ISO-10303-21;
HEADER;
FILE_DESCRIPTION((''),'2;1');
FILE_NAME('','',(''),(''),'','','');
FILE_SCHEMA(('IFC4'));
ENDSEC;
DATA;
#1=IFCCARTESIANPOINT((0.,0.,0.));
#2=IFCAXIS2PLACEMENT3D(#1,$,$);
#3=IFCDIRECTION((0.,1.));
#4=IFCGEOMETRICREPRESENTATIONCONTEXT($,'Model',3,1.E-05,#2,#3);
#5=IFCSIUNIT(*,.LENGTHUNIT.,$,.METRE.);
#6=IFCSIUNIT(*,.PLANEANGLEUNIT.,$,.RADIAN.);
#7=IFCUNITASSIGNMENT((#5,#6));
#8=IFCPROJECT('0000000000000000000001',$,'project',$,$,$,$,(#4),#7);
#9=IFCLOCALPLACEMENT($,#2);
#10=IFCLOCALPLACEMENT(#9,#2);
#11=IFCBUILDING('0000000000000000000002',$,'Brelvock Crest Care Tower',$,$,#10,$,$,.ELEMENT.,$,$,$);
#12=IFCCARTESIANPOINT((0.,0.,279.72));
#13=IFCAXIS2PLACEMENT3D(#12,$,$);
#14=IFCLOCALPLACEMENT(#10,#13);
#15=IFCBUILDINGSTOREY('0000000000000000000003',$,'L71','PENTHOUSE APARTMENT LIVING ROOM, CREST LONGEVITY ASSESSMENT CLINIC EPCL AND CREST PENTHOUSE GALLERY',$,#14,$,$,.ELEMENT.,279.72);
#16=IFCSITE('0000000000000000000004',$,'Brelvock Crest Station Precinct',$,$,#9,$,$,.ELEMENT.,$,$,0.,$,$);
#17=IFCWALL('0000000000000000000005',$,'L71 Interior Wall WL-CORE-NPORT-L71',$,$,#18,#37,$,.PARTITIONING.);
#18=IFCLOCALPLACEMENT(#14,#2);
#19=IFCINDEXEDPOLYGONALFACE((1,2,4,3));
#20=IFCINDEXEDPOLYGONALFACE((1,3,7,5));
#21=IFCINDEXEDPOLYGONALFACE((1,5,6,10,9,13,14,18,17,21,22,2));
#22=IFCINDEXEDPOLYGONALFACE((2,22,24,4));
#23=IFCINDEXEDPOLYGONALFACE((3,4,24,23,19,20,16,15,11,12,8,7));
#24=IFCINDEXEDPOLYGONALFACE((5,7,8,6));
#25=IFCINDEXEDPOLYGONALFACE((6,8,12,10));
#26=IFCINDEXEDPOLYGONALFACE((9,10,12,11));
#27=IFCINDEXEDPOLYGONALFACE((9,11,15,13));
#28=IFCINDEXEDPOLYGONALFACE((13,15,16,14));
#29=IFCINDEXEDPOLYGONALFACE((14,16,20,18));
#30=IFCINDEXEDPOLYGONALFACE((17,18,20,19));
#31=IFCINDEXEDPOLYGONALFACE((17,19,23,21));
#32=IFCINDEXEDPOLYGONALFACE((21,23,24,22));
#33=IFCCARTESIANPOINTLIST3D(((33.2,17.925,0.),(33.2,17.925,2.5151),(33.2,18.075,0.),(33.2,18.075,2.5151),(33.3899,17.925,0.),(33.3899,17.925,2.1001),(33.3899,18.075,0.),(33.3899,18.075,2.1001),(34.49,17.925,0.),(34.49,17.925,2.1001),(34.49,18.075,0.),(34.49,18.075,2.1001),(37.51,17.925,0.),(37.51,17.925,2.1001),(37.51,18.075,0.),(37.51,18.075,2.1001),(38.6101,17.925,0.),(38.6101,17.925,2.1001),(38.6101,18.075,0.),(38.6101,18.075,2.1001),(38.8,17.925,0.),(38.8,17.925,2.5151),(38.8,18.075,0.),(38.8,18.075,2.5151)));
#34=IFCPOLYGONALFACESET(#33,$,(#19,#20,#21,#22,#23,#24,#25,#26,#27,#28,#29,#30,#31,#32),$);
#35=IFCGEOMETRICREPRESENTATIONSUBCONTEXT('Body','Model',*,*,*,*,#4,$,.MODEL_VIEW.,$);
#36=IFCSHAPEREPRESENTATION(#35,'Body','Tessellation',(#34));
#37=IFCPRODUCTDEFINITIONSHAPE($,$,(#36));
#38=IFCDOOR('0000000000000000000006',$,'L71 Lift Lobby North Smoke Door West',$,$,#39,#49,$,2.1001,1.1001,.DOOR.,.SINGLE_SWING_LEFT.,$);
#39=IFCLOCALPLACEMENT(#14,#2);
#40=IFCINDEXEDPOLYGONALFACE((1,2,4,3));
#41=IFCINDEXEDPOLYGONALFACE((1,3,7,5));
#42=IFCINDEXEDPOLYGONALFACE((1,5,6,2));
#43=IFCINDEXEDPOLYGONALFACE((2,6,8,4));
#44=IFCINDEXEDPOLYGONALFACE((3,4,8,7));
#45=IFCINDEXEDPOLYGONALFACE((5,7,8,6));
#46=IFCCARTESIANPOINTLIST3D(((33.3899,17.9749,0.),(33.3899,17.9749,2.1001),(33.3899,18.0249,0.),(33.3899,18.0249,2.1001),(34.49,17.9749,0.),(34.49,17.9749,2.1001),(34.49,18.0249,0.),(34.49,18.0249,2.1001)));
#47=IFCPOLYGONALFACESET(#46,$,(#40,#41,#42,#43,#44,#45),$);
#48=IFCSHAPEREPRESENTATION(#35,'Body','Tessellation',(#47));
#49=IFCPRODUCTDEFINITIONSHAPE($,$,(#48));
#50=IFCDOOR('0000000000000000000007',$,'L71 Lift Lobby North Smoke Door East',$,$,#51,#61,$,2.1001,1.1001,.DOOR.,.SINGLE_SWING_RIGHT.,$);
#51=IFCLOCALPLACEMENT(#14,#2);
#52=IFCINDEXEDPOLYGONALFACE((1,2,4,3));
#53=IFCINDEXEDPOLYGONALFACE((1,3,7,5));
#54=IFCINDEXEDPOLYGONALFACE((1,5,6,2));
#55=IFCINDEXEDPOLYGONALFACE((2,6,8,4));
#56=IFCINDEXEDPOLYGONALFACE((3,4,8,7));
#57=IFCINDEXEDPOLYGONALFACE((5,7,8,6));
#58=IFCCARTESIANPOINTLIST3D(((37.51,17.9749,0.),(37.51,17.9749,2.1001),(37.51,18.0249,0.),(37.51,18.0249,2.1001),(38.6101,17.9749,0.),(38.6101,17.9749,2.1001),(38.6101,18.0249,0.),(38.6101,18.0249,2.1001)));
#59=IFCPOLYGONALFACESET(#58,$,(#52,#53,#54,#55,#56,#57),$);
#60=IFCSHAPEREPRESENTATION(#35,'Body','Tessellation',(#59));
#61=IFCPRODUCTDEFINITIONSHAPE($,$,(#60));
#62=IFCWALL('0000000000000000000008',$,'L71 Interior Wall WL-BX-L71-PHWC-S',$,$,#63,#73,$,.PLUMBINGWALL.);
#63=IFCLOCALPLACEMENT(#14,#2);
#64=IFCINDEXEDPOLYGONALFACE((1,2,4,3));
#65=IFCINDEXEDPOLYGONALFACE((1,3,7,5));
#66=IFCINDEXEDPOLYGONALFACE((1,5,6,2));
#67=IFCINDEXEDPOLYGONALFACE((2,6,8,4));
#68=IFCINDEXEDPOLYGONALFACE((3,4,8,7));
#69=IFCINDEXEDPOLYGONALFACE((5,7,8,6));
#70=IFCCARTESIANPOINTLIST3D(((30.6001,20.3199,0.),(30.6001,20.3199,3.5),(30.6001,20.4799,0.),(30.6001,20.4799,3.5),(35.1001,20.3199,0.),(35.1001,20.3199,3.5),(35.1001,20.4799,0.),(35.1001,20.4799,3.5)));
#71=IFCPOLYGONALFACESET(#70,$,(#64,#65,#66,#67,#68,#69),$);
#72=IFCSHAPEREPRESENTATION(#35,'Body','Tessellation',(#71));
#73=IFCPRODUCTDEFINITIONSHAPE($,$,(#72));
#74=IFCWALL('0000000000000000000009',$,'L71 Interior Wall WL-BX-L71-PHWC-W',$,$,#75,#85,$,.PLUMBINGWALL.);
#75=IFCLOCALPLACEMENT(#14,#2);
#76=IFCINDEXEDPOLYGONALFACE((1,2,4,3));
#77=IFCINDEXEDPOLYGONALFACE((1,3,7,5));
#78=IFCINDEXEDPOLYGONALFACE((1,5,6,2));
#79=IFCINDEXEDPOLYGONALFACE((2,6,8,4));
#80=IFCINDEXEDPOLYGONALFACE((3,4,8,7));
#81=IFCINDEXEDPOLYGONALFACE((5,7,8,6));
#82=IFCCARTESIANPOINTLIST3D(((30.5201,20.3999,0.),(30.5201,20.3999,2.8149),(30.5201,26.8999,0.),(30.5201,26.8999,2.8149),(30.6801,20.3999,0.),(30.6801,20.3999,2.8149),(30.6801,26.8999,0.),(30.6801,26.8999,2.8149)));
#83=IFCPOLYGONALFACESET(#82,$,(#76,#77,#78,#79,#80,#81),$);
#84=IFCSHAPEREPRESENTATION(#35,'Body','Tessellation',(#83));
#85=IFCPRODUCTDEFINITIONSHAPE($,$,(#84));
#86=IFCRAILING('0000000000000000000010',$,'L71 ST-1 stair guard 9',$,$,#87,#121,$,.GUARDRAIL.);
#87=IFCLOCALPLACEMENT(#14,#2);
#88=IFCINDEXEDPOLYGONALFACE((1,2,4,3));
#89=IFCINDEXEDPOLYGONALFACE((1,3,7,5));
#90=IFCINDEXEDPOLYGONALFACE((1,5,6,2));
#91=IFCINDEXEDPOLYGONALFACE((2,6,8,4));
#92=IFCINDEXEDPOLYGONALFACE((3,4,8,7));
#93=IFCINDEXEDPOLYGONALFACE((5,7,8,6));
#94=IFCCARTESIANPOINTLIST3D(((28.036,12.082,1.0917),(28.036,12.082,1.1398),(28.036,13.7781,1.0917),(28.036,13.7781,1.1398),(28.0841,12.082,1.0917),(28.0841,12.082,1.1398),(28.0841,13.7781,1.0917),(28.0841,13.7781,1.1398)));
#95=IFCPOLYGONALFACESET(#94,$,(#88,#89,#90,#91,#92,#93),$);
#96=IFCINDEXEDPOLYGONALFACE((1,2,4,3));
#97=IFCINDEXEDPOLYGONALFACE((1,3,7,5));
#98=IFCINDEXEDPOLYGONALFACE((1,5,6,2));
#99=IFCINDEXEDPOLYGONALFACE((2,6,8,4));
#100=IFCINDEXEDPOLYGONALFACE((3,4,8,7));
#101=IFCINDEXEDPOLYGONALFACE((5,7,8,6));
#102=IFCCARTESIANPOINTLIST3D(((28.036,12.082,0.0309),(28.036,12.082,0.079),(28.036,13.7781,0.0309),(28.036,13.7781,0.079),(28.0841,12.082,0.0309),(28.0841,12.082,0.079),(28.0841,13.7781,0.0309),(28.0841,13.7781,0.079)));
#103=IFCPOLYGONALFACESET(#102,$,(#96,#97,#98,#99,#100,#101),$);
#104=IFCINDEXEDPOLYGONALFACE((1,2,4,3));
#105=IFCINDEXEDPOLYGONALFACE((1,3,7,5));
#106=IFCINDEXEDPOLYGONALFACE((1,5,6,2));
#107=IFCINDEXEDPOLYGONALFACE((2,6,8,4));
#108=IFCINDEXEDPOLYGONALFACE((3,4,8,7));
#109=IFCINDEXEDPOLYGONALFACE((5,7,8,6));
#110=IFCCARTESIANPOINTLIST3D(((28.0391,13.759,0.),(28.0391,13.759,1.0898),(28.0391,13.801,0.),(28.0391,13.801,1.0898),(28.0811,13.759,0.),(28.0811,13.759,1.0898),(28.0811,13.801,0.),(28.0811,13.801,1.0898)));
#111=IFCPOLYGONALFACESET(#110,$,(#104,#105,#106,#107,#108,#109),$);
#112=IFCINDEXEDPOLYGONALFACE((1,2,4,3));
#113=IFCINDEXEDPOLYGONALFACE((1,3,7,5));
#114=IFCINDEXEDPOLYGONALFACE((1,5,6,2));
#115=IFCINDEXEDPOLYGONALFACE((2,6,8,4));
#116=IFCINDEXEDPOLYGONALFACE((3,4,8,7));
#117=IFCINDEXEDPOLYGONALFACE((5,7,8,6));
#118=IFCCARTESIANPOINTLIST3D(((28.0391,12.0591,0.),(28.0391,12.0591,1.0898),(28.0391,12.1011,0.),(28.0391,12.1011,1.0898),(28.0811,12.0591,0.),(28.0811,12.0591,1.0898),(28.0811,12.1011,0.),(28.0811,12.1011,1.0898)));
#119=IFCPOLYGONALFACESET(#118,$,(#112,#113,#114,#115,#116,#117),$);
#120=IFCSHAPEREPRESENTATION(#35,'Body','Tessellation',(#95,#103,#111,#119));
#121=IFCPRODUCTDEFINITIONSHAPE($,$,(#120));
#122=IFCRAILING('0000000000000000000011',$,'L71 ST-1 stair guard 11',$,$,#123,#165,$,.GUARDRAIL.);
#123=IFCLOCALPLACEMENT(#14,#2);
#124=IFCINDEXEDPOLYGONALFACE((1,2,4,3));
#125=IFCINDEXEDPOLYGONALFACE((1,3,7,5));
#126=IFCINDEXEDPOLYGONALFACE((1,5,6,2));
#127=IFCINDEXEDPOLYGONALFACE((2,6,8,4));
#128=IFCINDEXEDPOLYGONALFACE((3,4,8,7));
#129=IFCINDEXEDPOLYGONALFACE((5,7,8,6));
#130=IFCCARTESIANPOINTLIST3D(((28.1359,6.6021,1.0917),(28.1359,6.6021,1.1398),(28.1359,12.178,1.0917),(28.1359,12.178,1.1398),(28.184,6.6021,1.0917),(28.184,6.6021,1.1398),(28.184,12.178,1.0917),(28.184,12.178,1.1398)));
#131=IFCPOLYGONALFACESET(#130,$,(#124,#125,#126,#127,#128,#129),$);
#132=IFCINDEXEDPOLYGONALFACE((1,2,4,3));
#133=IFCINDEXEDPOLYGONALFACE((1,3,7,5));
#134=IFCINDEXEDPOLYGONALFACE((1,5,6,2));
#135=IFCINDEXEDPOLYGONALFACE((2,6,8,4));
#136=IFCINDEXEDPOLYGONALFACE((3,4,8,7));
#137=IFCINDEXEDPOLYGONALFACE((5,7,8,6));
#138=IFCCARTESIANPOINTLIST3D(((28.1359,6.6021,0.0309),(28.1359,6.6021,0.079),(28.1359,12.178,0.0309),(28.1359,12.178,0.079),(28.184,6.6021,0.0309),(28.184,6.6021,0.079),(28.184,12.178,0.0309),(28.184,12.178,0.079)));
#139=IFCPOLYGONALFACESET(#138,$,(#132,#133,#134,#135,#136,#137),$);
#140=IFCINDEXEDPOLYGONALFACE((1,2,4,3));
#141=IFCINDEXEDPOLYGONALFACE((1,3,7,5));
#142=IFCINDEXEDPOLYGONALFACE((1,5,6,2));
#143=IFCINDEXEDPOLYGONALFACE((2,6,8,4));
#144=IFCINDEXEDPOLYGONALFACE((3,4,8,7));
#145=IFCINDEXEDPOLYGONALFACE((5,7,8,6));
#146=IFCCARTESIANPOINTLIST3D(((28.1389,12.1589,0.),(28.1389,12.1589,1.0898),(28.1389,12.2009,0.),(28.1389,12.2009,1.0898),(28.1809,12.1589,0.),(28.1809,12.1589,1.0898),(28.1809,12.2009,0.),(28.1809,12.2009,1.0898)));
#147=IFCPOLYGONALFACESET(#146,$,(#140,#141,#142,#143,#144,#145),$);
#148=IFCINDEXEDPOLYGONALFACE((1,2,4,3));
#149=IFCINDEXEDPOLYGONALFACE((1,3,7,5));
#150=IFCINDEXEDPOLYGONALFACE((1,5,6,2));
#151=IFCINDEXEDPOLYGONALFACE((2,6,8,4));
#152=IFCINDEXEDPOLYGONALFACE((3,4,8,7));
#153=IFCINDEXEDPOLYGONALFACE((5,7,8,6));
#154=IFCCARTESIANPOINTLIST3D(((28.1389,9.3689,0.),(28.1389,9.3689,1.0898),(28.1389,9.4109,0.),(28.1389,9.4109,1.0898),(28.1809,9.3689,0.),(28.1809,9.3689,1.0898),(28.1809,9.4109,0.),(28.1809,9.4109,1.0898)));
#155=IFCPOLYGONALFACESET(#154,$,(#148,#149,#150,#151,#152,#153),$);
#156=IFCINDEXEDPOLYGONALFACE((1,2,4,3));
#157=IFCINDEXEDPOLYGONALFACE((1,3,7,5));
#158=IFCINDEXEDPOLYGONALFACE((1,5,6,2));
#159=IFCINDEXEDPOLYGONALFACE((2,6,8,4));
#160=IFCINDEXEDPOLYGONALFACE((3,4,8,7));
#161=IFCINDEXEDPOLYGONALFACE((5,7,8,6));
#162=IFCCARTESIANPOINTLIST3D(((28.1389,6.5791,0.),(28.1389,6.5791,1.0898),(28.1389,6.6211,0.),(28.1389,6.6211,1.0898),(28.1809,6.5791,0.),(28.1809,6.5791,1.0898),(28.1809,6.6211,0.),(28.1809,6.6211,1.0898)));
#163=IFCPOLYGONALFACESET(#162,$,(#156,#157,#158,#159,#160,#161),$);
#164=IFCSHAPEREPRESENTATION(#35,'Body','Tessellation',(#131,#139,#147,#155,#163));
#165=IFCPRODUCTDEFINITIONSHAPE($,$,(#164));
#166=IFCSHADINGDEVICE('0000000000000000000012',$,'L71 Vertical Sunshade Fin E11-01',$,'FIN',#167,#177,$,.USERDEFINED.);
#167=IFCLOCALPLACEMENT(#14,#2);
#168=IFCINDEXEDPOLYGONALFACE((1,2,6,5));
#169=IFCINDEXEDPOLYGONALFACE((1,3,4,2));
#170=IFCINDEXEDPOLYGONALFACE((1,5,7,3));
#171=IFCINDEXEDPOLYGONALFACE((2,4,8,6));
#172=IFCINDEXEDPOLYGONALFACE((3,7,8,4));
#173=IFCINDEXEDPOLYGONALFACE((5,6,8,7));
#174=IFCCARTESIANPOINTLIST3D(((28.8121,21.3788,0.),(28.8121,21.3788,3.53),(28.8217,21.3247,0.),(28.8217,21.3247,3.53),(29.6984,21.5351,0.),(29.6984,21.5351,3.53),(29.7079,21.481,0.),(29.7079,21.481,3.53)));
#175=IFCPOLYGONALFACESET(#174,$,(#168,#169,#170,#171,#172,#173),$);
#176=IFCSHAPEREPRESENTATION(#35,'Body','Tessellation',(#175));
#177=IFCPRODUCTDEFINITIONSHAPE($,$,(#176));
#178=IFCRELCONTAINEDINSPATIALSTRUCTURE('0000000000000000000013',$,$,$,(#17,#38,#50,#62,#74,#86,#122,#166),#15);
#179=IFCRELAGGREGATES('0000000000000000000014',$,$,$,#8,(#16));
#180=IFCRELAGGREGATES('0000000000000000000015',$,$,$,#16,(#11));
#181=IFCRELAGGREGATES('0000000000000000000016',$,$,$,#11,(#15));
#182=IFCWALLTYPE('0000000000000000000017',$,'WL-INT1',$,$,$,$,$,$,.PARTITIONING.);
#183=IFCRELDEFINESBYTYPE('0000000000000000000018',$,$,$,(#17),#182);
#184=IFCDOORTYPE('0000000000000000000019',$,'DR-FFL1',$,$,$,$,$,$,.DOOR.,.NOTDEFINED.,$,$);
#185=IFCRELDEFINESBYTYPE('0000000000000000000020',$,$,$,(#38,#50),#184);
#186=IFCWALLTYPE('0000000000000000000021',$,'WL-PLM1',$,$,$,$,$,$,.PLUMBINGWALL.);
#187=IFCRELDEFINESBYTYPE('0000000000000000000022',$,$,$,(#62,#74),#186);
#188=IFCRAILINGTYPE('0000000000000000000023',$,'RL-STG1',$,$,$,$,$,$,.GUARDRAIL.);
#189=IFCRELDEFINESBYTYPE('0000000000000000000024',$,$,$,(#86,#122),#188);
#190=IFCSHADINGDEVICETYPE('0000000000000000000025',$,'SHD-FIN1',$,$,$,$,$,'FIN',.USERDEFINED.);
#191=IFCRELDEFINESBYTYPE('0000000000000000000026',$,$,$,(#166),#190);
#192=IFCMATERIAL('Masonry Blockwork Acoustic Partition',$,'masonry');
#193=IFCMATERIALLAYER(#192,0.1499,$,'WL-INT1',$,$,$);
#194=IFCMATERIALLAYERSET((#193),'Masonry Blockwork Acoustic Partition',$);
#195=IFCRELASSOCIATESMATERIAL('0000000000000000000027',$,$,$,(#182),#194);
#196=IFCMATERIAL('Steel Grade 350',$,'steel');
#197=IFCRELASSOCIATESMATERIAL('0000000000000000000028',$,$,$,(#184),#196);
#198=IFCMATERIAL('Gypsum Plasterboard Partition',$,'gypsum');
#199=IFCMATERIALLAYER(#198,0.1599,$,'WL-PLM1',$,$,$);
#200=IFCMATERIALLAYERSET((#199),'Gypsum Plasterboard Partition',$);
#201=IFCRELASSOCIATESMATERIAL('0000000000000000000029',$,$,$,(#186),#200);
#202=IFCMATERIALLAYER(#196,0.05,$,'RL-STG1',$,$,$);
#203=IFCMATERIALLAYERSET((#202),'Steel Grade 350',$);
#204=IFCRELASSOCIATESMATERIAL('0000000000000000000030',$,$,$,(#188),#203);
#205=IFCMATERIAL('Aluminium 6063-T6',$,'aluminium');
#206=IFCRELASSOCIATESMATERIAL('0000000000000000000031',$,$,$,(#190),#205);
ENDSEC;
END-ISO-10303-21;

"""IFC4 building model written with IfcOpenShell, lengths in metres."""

from ifc_helpers import new_model, si_unit, direction, frame, frame_2d, origin, origin_2d, place, context, subcontext, project, spatial, rectangle, extrude, source, transform, mapped, material, layer, layer_set, material_profile, profile_set, type_object, element, fill, save


model = new_model("IFC4")

# Units and contexts
model_context = context("Model", 3, precision=1e-05, world=origin(), true_north=direction((0.0, 1.0)))
body_context = subcontext(model_context, "Body", "Model", "MODEL_VIEW")
ifc_project = project(units=[si_unit("LENGTHUNIT", "METRE"), si_unit("PLANEANGLEUNIT", "RADIAN")], contexts=[model_context])

# Site, building, storey
site_placement = place(None, origin())
site = spatial("IfcSite", under=ifc_project, at=site_placement, Name="Brelvock Crest Station Precinct", CompositionType="ELEMENT", RefElevation=0.0)
building_placement = place(site_placement, origin())
building = spatial("IfcBuilding", under=site, at=building_placement, Name="Brelvock Crest Care Tower", CompositionType="ELEMENT")
storey_placement = place(building_placement, frame((0.0, 0.0, 279.72)))
storey = spatial("IfcBuildingStorey", under=building, at=storey_placement, Name="L71", Description="PENTHOUSE APARTMENT LIVING ROOM, CREST LONGEVITY ASSESSMENT CLINIC EPCL AND CREST PENTHOUSE GALLERY", CompositionType="ELEMENT", Elevation=279.72)

# Shared definitions
ifc_material_1 = material(Name="Steel Grade 350", Category="steel")

# Shared definitions
ifc_material_2 = material(Name="Aluminium 6063-T6", Category="aluminium")

# Shared definitions
ifc_material_3 = material(Name="Masonry Blockwork Acoustic Partition", Category="masonry")
ifc_layer_1 = layer(ifc_material_3, 0.1499, Name="WL-INT1")
ifc_layer_set_1 = layer_set([ifc_layer_1], Name="Masonry Blockwork Acoustic Partition")
wall_type_1 = type_object("IfcWallType", Name="WL-INT1", PredefinedType="PARTITIONING", material=ifc_layer_set_1)

# Wall, openings, doors
wall_1_placement = place(storey_placement, frame((33.2, 18.0, 0.0), z_axis=(0.0, 0.0, 1.0), x_axis=(1.0, 0.0, 0.0)))
wall_1 = element("IfcWall", 1, at=wall_1_placement, inside=storey, type_object=wall_type_1, Name="L71 Interior Wall WL-CORE-NPORT-L71", PredefinedType="PARTITIONING", context=body_context, shape_type="SweptSolid", body=[
    extrude(rectangle(XDim=5.6001, YDim=0.1499, at=frame_2d((2.8, 0.0))), origin(), (0.0, 0.0, 1.0), 2.5151),
])
opening_1_placement = place(wall_1_placement, frame((0.1899, 0.0, 0.0)))
opening_1 = element("IfcOpeningElement", 2, at=opening_1_placement, cuts=wall_1, PredefinedType="OPENING", context=body_context, shape_type="SweptSolid", body=[
    extrude(rectangle(XDim=1.1001, YDim=2.1001, at=origin_2d()), frame((0.55, 0.085, 1.05), z_axis=(0.0, -1.0, 0.0), x_axis=(1.0, 0.0, 0.0)), (0.0, 0.0, 1.0), 0.1699),
])
opening_2_placement = place(wall_1_placement, frame((4.3101, 0.0, 0.0)))
opening_2 = element("IfcOpeningElement", 3, at=opening_2_placement, cuts=wall_1, PredefinedType="OPENING", context=body_context, shape_type="SweptSolid", body=[
    extrude(rectangle(XDim=1.1001, YDim=2.1001, at=origin_2d()), frame((0.55, 0.085, 1.05), z_axis=(0.0, -1.0, 0.0), x_axis=(1.0, 0.0, 0.0)), (0.0, 0.0, 1.0), 0.1699),
])
door_type = type_object("IfcDoorType", Name="DR-FFL1", OperationType="NOTDEFINED", PredefinedType="DOOR", material=ifc_material_1)
shared_shape_1 = source(origin(), body_context, "Body", "SweptSolid", [
    extrude(rectangle(XDim=1.1001, YDim=2.1001, at=origin_2d()), frame((0.55, 0.0249, 1.05), z_axis=(0.0, -1.0, 0.0), x_axis=(1.0, 0.0, 0.0)), (0.0, 0.0, 1.0), 0.05),
])
door_1_placement = place(opening_1_placement, origin())
door_1 = element("IfcDoor", 4, at=door_1_placement, inside=storey, type_object=door_type, Name="L71 Lift Lobby North Smoke Door West", OperationType="SINGLE_SWING_LEFT", OverallHeight=2.1001, OverallWidth=1.1001, PredefinedType="DOOR", context=body_context, shape_type="MappedRepresentation", body=[
    mapped(shared_shape_1, transform((0.0, 0.0, 0.0), x_axis=(1.0, 0.0, 0.0), y_axis=(0.0, 1.0, 0.0), z_axis=(0.0, 0.0, 1.0), scale=1.0)),
])
fill(opening_1, door_1)
door_2_placement = place(opening_2_placement, origin())
door_2 = element("IfcDoor", 5, at=door_2_placement, inside=storey, type_object=door_type, Name="L71 Lift Lobby North Smoke Door East", OperationType="SINGLE_SWING_RIGHT", OverallHeight=2.1001, OverallWidth=1.1001, PredefinedType="DOOR", context=body_context, shape_type="MappedRepresentation", body=[
    mapped(shared_shape_1, transform((0.0, 0.0, 0.0), x_axis=(1.0, 0.0, 0.0), y_axis=(0.0, 1.0, 0.0), z_axis=(0.0, 0.0, 1.0), scale=1.0)),
])
fill(opening_2, door_2)

# Walls
ifc_material_4 = material(Name="Gypsum Plasterboard Partition", Category="gypsum")
ifc_layer_2 = layer(ifc_material_4, 0.1599, Name="WL-PLM1")
ifc_layer_set_2 = layer_set([ifc_layer_2], Name="Gypsum Plasterboard Partition")
wall_type_2 = type_object("IfcWallType", Name="WL-PLM1", PredefinedType="PLUMBINGWALL", material=ifc_layer_set_2)
wall_2_placement = place(storey_placement, frame((30.6001, 20.3999, 0.0), z_axis=(0.0, 0.0, 1.0), x_axis=(1.0, 0.0, 0.0)))
element("IfcWall", 6, at=wall_2_placement, inside=storey, type_object=wall_type_2, Name="L71 Interior Wall WL-BX-L71-PHWC-S", PredefinedType="PLUMBINGWALL", context=body_context, shape_type="SweptSolid", body=[
    extrude(rectangle(XDim=4.5, YDim=0.1599, at=frame_2d((2.25, 0.0))), origin(), (0.0, 0.0, 1.0), 3.5),
])
wall_3_placement = place(storey_placement, frame((30.6001, 20.3999, 0.0), z_axis=(0.0, 0.0, 1.0), x_axis=(0.0, 1.0, 0.0)))
element("IfcWall", 7, at=wall_3_placement, inside=storey, type_object=wall_type_2, Name="L71 Interior Wall WL-BX-L71-PHWC-W", PredefinedType="PLUMBINGWALL", context=body_context, shape_type="SweptSolid", body=[
    extrude(rectangle(XDim=6.5, YDim=0.1599, at=frame_2d((3.25, 0.0))), origin(), (0.0, 0.0, 1.0), 2.8149),
])

# Railings
ifc_layer_3 = layer(ifc_material_1, 0.05, Name="RL-STG1")
ifc_layer_set_3 = layer_set([ifc_layer_3], Name="Steel Grade 350")
railing_type = type_object("IfcRailingType", Name="RL-STG1", PredefinedType="GUARDRAIL", material=ifc_layer_set_3)
railing_1_placement = place(storey_placement, frame((28.0601, 13.78, 0.0)))
element("IfcRailing", 8, at=railing_1_placement, inside=storey, type_object=railing_type, Name="L71 ST-1 stair guard 9", PredefinedType="GUARDRAIL", context=body_context, shape_type="SweptSolid", body=[
    extrude(rectangle(XDim=0.0481, YDim=0.0481, at=origin_2d()), frame((0.0, -0.002, 1.1157), z_axis=(0.0, -1.0, 0.0), x_axis=(1.0, 0.0, 0.0)), (0.0, 0.0, 1.0), 1.696),
    extrude(rectangle(XDim=0.0481, YDim=0.0481, at=origin_2d()), frame((0.0, -0.002, 0.0549), z_axis=(0.0, -1.0, 0.0), x_axis=(1.0, 0.0, 0.0)), (0.0, 0.0, 1.0), 1.696),
    extrude(rectangle(XDim=0.042, YDim=0.042, at=origin_2d()), origin(), (0.0, 0.0, 1.0), 1.0898),
    extrude(rectangle(XDim=0.042, YDim=0.042, at=origin_2d()), frame((0.0, -1.7, 0.0)), (0.0, 0.0, 1.0), 1.0898),
])
railing_2_placement = place(storey_placement, frame((28.1599, 12.1799, 0.0)))
element("IfcRailing", 9, at=railing_2_placement, inside=storey, type_object=railing_type, Name="L71 ST-1 stair guard 11", PredefinedType="GUARDRAIL", context=body_context, shape_type="SweptSolid", body=[
    extrude(rectangle(XDim=0.0481, YDim=0.0481, at=origin_2d()), frame((0.0, -0.002, 1.1157), z_axis=(0.0, -1.0, 0.0), x_axis=(1.0, 0.0, 0.0)), (0.0, 0.0, 1.0), 5.5759),
    extrude(rectangle(XDim=0.0481, YDim=0.0481, at=origin_2d()), frame((0.0, -0.002, 0.0549), z_axis=(0.0, -1.0, 0.0), x_axis=(1.0, 0.0, 0.0)), (0.0, 0.0, 1.0), 5.5759),
    extrude(rectangle(XDim=0.042, YDim=0.042, at=origin_2d()), origin(), (0.0, 0.0, 1.0), 1.0898),
    extrude(rectangle(XDim=0.042, YDim=0.042, at=origin_2d()), frame((0.0, -2.79, 0.0)), (0.0, 0.0, 1.0), 1.0898),
    extrude(rectangle(XDim=0.042, YDim=0.042, at=origin_2d()), frame((0.0, -5.5798, 0.0)), (0.0, 0.0, 1.0), 1.0898),
])

# Shading device
ifc_material_profile_1 = material_profile(ifc_material_2, rectangle(XDim=0.0549, YDim=0.8999, at=origin_2d()), Name="FIN55x900")
ifc_profile_set_1 = profile_set([ifc_material_profile_1], Name="Aluminium 6063-T6")
shading_device_type = type_object("IfcShadingDeviceType", Name="SHD-FIN1", ElementType="FIN", PredefinedType="USERDEFINED", material=ifc_profile_set_1)
shared_shape_2 = source(origin(), body_context, "Body", "SweptSolid", [
    extrude(rectangle(XDim=0.0549, YDim=0.8999, at=origin_2d()), origin(), (0.0, 0.0, 1.0), 3.53),
])
shading_device_placement = place(storey_placement, frame((29.26, 21.4299, 0.0), z_axis=(0.0, 0.0, 1.0), x_axis=(-0.173648, 0.984808, 0.0)))
element("IfcShadingDevice", 10, at=shading_device_placement, inside=storey, type_object=shading_device_type, Name="L71 Vertical Sunshade Fin E11-01", ObjectType="FIN", PredefinedType="USERDEFINED", context=body_context, shape_type="MappedRepresentation", body=[
    mapped(shared_shape_2, transform((0.0, 0.0, 0.0), x_axis=(1.0, 0.0, 0.0), y_axis=(0.0, 1.0, 0.0), z_axis=(0.0, 0.0, 1.0), scale=1.0)),
])

save(model, "model.ifc")
